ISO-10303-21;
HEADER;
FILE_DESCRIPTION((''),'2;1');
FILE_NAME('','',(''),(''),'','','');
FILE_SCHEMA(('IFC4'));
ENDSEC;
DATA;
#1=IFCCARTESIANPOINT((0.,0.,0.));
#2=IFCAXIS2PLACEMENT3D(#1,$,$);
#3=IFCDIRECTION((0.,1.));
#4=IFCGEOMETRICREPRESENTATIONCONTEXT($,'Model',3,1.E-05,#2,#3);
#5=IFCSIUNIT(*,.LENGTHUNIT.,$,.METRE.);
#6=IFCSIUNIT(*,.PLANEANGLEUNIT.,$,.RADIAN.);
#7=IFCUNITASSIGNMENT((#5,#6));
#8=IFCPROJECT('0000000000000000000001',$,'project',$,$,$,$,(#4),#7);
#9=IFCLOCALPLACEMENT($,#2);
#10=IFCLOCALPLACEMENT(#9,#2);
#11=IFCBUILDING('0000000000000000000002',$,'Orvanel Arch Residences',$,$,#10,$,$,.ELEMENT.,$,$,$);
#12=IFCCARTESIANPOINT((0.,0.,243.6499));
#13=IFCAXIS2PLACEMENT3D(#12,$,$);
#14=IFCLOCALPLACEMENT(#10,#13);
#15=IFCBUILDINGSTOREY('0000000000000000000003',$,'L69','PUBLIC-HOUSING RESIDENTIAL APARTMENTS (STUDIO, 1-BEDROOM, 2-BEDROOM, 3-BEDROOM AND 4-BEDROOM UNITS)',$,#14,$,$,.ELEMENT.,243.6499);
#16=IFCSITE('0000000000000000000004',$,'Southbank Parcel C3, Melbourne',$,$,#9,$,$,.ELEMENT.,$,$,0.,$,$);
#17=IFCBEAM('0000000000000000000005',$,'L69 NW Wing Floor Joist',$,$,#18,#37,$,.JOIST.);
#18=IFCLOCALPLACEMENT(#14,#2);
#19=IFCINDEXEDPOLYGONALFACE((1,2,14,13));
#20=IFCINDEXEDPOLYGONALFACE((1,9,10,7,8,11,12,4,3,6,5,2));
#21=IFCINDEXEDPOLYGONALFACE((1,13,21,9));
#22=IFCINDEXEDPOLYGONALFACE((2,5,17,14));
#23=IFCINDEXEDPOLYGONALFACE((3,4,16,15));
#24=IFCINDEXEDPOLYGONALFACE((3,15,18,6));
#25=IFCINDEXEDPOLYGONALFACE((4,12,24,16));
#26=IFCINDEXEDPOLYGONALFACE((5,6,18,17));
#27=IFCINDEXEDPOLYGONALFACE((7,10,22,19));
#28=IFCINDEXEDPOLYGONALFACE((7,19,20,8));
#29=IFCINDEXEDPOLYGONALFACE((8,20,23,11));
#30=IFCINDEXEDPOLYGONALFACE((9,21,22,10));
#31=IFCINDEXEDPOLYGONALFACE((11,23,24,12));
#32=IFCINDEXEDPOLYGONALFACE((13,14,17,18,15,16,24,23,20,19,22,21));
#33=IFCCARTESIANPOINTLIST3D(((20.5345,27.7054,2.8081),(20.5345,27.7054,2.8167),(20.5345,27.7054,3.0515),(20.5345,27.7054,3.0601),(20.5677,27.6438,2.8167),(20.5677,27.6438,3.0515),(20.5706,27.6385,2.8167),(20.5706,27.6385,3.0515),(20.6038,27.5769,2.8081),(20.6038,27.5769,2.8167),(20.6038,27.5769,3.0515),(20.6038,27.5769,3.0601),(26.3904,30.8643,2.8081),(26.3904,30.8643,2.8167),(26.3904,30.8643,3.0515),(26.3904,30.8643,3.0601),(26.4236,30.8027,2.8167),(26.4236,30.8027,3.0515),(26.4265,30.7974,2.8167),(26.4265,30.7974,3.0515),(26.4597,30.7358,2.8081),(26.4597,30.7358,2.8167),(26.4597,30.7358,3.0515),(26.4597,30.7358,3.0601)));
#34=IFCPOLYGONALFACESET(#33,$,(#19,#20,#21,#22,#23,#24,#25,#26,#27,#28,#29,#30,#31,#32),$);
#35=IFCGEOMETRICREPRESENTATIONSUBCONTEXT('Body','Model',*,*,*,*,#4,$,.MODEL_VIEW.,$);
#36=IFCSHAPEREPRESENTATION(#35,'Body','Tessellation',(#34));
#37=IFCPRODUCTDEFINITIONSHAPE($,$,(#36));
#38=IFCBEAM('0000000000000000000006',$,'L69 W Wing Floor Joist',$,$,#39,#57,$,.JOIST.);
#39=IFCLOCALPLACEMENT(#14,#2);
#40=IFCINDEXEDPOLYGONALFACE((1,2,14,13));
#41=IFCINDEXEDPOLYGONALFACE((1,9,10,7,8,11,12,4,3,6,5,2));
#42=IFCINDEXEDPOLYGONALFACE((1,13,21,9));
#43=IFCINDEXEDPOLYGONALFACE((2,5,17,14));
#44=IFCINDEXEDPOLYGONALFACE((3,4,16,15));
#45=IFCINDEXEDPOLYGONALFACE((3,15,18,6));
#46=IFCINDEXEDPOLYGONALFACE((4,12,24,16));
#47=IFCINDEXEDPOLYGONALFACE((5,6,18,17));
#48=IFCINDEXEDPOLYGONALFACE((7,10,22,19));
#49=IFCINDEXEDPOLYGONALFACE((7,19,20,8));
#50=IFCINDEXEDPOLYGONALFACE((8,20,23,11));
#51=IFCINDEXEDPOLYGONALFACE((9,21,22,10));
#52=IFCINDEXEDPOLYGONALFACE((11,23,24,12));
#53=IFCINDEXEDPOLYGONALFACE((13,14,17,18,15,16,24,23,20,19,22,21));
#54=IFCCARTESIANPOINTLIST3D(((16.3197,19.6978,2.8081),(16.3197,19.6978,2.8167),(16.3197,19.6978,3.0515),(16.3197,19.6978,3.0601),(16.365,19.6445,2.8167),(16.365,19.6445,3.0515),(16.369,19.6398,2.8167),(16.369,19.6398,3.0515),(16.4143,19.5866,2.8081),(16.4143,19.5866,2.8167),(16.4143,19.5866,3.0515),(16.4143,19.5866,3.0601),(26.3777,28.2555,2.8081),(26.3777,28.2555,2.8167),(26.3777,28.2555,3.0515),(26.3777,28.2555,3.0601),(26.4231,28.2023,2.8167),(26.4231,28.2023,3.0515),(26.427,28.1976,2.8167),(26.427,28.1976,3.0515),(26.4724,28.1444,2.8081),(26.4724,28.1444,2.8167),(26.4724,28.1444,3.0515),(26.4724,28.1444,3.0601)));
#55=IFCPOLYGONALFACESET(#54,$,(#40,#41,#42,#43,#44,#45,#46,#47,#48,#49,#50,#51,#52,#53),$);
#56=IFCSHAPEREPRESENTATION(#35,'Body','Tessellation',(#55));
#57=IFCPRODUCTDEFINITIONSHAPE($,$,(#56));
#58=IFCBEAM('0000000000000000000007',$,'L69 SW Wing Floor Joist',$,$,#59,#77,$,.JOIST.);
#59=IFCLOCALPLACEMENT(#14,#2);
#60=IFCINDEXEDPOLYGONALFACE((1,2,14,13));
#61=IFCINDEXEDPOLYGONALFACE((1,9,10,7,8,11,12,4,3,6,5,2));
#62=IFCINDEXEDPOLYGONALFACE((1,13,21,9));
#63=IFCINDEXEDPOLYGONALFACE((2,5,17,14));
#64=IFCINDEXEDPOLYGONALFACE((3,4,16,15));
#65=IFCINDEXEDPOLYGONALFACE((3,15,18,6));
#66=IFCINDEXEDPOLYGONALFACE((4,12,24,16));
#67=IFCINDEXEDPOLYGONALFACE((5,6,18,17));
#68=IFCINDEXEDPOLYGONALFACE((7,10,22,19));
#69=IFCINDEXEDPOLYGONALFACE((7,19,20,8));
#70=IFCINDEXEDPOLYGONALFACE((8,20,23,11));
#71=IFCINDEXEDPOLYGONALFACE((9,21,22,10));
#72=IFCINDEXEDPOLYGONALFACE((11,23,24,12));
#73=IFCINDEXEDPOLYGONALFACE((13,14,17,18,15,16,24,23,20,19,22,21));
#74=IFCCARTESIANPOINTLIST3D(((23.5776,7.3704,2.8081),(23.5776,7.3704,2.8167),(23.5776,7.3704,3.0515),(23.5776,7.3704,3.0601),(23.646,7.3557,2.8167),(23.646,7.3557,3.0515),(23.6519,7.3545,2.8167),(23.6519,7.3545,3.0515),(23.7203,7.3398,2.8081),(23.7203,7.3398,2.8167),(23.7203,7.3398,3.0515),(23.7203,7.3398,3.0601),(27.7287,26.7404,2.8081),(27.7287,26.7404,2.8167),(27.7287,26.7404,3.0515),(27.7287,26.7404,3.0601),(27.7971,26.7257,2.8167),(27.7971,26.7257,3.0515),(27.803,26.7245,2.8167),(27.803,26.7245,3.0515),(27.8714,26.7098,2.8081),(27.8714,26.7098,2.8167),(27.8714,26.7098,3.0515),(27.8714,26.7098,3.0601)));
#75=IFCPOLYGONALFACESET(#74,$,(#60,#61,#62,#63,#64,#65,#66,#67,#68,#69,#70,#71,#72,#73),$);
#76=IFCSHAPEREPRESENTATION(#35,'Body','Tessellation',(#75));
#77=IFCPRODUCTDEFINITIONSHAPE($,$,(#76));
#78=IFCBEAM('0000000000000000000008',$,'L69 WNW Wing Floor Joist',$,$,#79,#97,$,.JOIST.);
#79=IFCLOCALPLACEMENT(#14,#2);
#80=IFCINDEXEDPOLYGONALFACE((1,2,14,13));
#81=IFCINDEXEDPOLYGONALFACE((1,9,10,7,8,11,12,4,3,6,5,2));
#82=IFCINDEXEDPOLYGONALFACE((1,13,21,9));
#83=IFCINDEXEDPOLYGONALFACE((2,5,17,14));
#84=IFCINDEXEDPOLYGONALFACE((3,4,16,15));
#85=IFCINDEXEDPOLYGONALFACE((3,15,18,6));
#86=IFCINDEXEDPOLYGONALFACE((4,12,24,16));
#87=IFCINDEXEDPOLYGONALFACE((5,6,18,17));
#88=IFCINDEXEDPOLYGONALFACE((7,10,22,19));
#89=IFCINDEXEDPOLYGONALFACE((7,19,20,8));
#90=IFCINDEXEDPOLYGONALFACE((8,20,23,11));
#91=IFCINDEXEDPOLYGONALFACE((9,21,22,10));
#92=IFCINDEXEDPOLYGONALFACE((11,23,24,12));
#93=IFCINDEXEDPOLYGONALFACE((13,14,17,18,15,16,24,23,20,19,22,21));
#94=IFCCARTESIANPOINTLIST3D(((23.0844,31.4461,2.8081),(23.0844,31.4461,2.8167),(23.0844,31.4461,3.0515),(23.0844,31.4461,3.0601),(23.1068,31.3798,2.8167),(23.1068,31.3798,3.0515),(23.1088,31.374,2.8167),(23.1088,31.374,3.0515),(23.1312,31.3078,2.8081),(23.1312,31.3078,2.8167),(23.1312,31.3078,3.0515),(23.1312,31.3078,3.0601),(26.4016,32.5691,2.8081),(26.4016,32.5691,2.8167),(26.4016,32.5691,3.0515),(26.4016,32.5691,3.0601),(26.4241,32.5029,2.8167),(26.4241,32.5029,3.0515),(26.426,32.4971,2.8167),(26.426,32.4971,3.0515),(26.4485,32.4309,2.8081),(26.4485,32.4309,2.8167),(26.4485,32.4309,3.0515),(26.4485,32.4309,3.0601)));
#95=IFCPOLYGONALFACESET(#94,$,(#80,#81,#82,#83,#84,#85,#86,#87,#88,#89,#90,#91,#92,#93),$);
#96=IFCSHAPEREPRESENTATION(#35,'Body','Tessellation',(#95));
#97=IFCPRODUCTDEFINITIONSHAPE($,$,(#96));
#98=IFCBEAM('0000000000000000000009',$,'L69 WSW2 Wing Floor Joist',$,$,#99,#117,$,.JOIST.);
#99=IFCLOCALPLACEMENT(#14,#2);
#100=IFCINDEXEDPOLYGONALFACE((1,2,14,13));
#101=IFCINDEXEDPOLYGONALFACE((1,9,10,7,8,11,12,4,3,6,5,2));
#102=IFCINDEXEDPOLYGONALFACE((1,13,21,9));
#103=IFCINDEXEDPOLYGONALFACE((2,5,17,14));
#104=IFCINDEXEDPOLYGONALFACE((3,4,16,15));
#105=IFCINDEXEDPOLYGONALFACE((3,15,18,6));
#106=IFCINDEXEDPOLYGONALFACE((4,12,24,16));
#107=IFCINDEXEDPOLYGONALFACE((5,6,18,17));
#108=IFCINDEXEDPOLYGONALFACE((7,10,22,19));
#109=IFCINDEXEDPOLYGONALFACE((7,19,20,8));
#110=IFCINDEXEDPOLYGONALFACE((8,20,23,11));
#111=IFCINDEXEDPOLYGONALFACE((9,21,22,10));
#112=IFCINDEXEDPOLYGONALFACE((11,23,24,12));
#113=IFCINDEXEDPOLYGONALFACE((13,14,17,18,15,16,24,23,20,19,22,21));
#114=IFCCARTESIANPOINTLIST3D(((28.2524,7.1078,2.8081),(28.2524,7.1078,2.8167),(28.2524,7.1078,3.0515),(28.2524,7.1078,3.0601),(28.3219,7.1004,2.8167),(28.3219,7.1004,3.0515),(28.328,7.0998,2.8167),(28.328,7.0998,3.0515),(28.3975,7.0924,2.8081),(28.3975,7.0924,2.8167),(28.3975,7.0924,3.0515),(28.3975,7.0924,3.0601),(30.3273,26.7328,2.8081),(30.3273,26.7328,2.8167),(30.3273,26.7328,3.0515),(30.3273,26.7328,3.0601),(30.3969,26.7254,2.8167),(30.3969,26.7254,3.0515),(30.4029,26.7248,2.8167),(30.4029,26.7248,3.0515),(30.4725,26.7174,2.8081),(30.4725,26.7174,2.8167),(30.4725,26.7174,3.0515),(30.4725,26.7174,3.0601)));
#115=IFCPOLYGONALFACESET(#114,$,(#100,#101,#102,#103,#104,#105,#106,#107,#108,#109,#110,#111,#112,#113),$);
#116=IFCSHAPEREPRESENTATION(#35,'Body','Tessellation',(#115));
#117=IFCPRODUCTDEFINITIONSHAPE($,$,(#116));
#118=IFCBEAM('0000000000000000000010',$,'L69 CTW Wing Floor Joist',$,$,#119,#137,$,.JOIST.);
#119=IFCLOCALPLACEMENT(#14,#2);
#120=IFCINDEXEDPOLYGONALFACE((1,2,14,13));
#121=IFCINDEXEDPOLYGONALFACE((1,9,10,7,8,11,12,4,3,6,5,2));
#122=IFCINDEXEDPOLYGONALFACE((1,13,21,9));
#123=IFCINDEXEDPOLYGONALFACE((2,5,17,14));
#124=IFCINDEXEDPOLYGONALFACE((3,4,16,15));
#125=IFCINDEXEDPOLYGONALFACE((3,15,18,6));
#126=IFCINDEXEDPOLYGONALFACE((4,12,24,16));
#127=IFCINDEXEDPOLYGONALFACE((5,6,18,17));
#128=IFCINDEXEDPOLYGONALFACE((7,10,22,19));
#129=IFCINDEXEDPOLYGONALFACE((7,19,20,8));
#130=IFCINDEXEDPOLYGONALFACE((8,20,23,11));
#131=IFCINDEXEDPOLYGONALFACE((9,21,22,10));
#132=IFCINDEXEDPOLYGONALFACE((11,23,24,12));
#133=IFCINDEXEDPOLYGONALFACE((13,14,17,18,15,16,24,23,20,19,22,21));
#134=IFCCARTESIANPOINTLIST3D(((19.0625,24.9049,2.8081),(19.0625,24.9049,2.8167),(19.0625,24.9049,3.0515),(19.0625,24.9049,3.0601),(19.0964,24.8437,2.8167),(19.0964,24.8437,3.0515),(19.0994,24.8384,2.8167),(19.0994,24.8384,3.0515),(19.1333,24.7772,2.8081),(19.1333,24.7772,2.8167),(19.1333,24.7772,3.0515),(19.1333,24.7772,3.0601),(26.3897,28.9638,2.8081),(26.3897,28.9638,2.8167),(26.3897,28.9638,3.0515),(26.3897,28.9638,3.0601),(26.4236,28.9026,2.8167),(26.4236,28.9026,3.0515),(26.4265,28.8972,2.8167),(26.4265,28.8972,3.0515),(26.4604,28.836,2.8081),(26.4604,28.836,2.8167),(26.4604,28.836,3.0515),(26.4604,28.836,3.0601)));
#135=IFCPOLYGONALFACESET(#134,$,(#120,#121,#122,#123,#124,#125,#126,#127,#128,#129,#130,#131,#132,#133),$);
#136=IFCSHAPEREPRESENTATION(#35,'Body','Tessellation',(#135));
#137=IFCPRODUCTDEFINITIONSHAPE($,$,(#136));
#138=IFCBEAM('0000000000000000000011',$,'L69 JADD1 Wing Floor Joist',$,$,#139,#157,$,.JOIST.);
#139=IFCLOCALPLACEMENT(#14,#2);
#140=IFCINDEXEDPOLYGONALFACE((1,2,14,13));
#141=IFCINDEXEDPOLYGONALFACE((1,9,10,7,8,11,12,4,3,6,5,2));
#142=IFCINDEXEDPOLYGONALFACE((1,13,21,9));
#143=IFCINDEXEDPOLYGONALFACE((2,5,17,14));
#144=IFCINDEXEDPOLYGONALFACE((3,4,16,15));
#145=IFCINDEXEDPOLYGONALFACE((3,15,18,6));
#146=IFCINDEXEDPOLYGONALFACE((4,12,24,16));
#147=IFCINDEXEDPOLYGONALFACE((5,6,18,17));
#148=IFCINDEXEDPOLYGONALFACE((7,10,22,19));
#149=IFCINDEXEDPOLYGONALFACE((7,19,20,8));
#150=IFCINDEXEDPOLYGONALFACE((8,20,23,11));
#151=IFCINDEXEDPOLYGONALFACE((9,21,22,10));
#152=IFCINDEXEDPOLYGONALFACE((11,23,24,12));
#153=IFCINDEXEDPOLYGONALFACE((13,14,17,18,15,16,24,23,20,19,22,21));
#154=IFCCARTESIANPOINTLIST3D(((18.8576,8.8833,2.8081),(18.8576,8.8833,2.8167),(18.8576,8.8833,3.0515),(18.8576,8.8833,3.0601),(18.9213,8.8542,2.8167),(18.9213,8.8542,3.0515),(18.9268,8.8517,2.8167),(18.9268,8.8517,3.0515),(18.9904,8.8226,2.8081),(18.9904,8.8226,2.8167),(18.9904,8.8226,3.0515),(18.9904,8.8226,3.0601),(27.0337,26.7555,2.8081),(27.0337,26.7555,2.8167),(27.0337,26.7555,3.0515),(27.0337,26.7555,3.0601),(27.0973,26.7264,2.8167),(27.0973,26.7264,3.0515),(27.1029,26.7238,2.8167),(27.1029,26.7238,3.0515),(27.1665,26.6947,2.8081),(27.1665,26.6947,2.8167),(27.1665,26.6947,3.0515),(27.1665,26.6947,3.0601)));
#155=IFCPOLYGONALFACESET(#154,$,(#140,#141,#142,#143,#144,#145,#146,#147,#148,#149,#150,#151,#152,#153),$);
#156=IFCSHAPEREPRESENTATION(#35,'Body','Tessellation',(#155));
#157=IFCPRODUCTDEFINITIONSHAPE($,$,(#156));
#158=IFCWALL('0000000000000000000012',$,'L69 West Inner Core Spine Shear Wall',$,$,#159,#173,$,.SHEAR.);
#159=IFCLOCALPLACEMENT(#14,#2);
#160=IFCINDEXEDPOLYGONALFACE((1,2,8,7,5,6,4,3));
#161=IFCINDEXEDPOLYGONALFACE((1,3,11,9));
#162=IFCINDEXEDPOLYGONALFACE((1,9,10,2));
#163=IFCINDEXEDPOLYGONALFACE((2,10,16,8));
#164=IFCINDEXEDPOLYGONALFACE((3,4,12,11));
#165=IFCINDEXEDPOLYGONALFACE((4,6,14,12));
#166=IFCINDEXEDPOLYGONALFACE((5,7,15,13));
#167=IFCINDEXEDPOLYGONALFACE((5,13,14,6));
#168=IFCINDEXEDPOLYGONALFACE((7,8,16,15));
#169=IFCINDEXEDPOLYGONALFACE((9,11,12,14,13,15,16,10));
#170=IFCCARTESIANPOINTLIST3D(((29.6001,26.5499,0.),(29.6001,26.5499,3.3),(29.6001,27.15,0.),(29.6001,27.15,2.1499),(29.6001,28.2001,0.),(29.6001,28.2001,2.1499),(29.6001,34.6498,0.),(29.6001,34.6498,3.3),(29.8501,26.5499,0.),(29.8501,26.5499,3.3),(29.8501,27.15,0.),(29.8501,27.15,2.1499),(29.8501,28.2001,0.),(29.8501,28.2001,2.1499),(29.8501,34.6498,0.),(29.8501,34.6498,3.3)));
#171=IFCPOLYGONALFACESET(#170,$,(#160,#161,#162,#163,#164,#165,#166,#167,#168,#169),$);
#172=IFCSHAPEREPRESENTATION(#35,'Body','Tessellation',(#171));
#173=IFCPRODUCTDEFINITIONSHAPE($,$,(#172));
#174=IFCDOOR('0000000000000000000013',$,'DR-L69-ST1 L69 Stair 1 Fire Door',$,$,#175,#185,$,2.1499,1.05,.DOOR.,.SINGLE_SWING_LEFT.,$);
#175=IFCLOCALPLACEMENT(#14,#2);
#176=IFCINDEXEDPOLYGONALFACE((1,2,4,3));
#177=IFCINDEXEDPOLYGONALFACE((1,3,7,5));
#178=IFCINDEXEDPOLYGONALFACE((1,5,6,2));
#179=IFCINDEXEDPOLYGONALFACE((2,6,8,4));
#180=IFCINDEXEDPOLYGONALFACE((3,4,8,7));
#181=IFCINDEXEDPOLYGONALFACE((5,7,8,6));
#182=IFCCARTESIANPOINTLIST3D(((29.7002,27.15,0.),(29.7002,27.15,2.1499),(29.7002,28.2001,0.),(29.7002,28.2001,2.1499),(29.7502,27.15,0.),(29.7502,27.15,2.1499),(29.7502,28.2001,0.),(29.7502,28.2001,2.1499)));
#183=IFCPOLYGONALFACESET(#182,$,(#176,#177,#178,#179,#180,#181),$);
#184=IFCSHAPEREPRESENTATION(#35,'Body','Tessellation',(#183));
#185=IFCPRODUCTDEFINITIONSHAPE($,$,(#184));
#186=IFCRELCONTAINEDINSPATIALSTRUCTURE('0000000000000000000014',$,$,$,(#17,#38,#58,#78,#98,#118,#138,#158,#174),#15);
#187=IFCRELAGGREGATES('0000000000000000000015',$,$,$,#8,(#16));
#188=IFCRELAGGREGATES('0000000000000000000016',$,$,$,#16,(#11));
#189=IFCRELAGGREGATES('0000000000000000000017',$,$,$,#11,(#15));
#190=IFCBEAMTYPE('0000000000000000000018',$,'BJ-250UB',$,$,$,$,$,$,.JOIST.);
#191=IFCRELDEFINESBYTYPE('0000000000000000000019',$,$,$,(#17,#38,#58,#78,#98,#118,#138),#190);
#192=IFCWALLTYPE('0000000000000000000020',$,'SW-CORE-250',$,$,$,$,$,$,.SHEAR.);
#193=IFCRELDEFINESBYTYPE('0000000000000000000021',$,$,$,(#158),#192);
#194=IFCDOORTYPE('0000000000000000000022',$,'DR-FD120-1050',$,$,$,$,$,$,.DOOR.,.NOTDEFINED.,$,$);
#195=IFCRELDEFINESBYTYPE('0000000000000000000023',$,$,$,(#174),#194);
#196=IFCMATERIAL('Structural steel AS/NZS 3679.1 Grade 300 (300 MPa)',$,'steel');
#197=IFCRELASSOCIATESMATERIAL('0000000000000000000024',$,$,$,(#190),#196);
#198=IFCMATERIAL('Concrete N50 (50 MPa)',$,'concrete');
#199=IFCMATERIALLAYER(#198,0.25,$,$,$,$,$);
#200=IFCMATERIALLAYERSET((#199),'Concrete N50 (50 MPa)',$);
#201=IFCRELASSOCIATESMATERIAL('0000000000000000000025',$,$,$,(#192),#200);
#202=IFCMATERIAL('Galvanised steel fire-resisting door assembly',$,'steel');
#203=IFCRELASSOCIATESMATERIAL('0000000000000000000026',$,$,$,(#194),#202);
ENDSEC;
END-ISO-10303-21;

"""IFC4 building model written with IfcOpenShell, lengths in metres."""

from ifc_helpers import new_model, si_unit, direction, frame, frame_2d, origin, origin_2d, place, context, subcontext, project, spatial, rectangle, i_section, extrude, material, layer, layer_set, material_profile, profile_set, type_object, element, fill, save


model = new_model("IFC4")

# Units and contexts
model_context = context("Model", 3, precision=1e-05, world=origin(), true_north=direction((0.0, 1.0)))
body_context = subcontext(model_context, "Body", "Model", "MODEL_VIEW")
ifc_project = project(units=[si_unit("LENGTHUNIT", "METRE"), si_unit("PLANEANGLEUNIT", "RADIAN")], contexts=[model_context])

# Site, building, storey
site_placement = place(None, origin())
site = spatial("IfcSite", under=ifc_project, at=site_placement, Name="Southbank Parcel C3, Melbourne", CompositionType="ELEMENT", RefElevation=0.0)
building_placement = place(site_placement, origin())
building = spatial("IfcBuilding", under=site, at=building_placement, Name="Orvanel Arch Residences", CompositionType="ELEMENT")
storey_placement = place(building_placement, frame((0.0, 0.0, 243.6499)))
storey = spatial("IfcBuildingStorey", under=building, at=storey_placement, Name="L69", Description="PUBLIC-HOUSING RESIDENTIAL APARTMENTS (STUDIO, 1-BEDROOM, 2-BEDROOM, 3-BEDROOM AND 4-BEDROOM UNITS)", CompositionType="ELEMENT", Elevation=243.6499)

# Beams
ifc_material_1 = material(Name="Structural steel AS/NZS 3679.1 Grade 300 (300 MPa)", Category="steel")
ifc_material_profile = material_profile(ifc_material_1, i_section(OverallWidth=0.146, OverallDepth=0.252, WebThickness=0.0061, FlangeThickness=0.0085, at=origin_2d()), Name="250UB31.4")
ifc_profile_set = profile_set([ifc_material_profile], Name="Structural steel AS/NZS 3679.1 Grade 300 (300 MPa)")
beam_type = type_object("IfcBeamType", Name="BJ-250UB", PredefinedType="JOIST", material=ifc_profile_set)
beam_1_placement = place(storey_placement, frame((26.425, 30.8, 2.9341), z_axis=(-0.880111, -0.474767, 0.0), x_axis=(0.474767, -0.880111, 0.0)))
element("IfcBeam", 1, at=beam_1_placement, inside=storey, type_object=beam_type, Name="L69 NW Wing Floor Joist", PredefinedType="JOIST", context=body_context, shape_type="SweptSolid", body=[
    extrude(i_section(OverallWidth=0.146, OverallDepth=0.252, WebThickness=0.0061, FlangeThickness=0.0085, at=origin_2d()), origin(), (0.0, 0.0, 1.0), 6.6536),
])
beam_2_placement = place(storey_placement, frame((26.425, 28.2, 2.9341), z_axis=(-0.761623, -0.648021, 0.0), x_axis=(0.648021, -0.761623, 0.0)))
element("IfcBeam", 2, at=beam_2_placement, inside=storey, type_object=beam_type, Name="L69 W Wing Floor Joist", PredefinedType="JOIST", context=body_context, shape_type="SweptSolid", body=[
    extrude(i_section(OverallWidth=0.146, OverallDepth=0.252, WebThickness=0.0061, FlangeThickness=0.0085, at=origin_2d()), origin(), (0.0, 0.0, 1.0), 13.2061),
])
beam_3_placement = place(storey_placement, frame((27.8, 26.7251, 2.9341), z_axis=(-0.209548, -0.977798, 0.0), x_axis=(0.977798, -0.209548, 0.0)))
element("IfcBeam", 3, at=beam_3_placement, inside=storey, type_object=beam_type, Name="L69 SW Wing Floor Joist", PredefinedType="JOIST", context=body_context, shape_type="SweptSolid", body=[
    extrude(i_section(OverallWidth=0.146, OverallDepth=0.252, WebThickness=0.0061, FlangeThickness=0.0085, at=origin_2d()), origin(), (0.0, 0.0, 1.0), 19.8098),
])
beam_4_placement = place(storey_placement, frame((26.425, 32.5, 2.9341), z_axis=(-0.947188, -0.320679, 0.0), x_axis=(0.320679, -0.947188, 0.0)))
element("IfcBeam", 4, at=beam_4_placement, inside=storey, type_object=beam_type, Name="L69 WNW Wing Floor Joist", PredefinedType="JOIST", context=body_context, shape_type="SweptSolid", body=[
    extrude(i_section(OverallWidth=0.146, OverallDepth=0.252, WebThickness=0.0061, FlangeThickness=0.0085, at=origin_2d()), origin(), (0.0, 0.0, 1.0), 3.5022),
])
beam_5_placement = place(storey_placement, frame((30.3999, 26.7251, 2.9341), z_axis=(-0.105144, -0.994457, 0.0), x_axis=(0.994457, -0.105144, 0.0)))
element("IfcBeam", 5, at=beam_5_placement, inside=storey, type_object=beam_type, Name="L69 WSW2 Wing Floor Joist", PredefinedType="JOIST", context=body_context, shape_type="SweptSolid", body=[
    extrude(i_section(OverallWidth=0.146, OverallDepth=0.252, WebThickness=0.0061, FlangeThickness=0.0085, at=origin_2d()), origin(), (0.0, 0.0, 1.0), 19.7344),
])
beam_6_placement = place(storey_placement, frame((26.425, 28.8999, 2.9341), z_axis=(-0.874755, -0.484566, 0.0), x_axis=(0.484566, -0.874755, 0.0)))
element("IfcBeam", 6, at=beam_6_placement, inside=storey, type_object=beam_type, Name="L69 CTW Wing Floor Joist", PredefinedType="JOIST", context=body_context, shape_type="SweptSolid", body=[
    extrude(i_section(OverallWidth=0.146, OverallDepth=0.252, WebThickness=0.0061, FlangeThickness=0.0085, at=origin_2d()), origin(), (0.0, 0.0, 1.0), 8.3762),
])
beam_7_placement = place(storey_placement, frame((27.1001, 26.7251, 2.9341), z_axis=(-0.41601, -0.90936, 0.0), x_axis=(0.90936, -0.41601, 0.0)))
element("IfcBeam", 7, at=beam_7_placement, inside=storey, type_object=beam_type, Name="L69 JADD1 Wing Floor Joist", PredefinedType="JOIST", context=body_context, shape_type="SweptSolid", body=[
    extrude(i_section(OverallWidth=0.146, OverallDepth=0.252, WebThickness=0.0061, FlangeThickness=0.0085, at=origin_2d()), origin(), (0.0, 0.0, 1.0), 19.6536),
])

# Wall, opening, door
ifc_material_2 = material(Name="Concrete N50 (50 MPa)", Category="concrete")
ifc_layer = layer(ifc_material_2, 0.25)
ifc_layer_set = layer_set([ifc_layer], Name="Concrete N50 (50 MPa)")
wall_type = type_object("IfcWallType", Name="SW-CORE-250", PredefinedType="SHEAR", material=ifc_layer_set)
wall_1_placement = place(storey_placement, frame((29.7251, 26.55, 0.0), z_axis=(0.0, 0.0, 1.0), x_axis=(0.0, 1.0, 0.0)))
wall_1 = element("IfcWall", 8, at=wall_1_placement, inside=storey, type_object=wall_type, Name="L69 West Inner Core Spine Shear Wall", PredefinedType="SHEAR", context=body_context, shape_type="SweptSolid", body=[
    extrude(rectangle(XDim=8.0999, YDim=0.25, at=frame_2d((4.0498, 0.0))), origin(), (0.0, 0.0, 1.0), 3.3),
])
opening_placement = place(wall_1_placement, frame((0.6001, 0.0, 0.0)))
opening = element("IfcOpeningElement", 9, at=opening_placement, cuts=wall_1, PredefinedType="OPENING", context=body_context, shape_type="SweptSolid", body=[
    extrude(rectangle(XDim=1.05, YDim=2.1499, at=frame_2d((0.5249, 1.075))), frame((0.0, 0.135, 0.0), z_axis=(0.0, -1.0, 0.0), x_axis=(1.0, 0.0, 0.0)), (0.0, 0.0, 1.0), 0.27),
])
ifc_material_3 = material(Name="Galvanised steel fire-resisting door assembly", Category="steel")
door_type = type_object("IfcDoorType", Name="DR-FD120-1050", OperationType="NOTDEFINED", PredefinedType="DOOR", material=ifc_material_3)
door_placement = place(opening_placement, origin())
door = element("IfcDoor", 10, at=door_placement, inside=storey, type_object=door_type, Name="DR-L69-ST1 L69 Stair 1 Fire Door", OperationType="SINGLE_SWING_LEFT", OverallHeight=2.1499, OverallWidth=1.05, PredefinedType="DOOR", context=body_context, shape_type="SweptSolid", body=[
    extrude(rectangle(XDim=1.05, YDim=2.1499, at=frame_2d((0.5249, 1.075))), frame((0.0, 0.0249, 0.0), z_axis=(0.0, -1.0, 0.0), x_axis=(1.0, 0.0, 0.0)), (0.0, 0.0, 1.0), 0.05),
])
fill(opening, door)

save(model, "model.ifc")
